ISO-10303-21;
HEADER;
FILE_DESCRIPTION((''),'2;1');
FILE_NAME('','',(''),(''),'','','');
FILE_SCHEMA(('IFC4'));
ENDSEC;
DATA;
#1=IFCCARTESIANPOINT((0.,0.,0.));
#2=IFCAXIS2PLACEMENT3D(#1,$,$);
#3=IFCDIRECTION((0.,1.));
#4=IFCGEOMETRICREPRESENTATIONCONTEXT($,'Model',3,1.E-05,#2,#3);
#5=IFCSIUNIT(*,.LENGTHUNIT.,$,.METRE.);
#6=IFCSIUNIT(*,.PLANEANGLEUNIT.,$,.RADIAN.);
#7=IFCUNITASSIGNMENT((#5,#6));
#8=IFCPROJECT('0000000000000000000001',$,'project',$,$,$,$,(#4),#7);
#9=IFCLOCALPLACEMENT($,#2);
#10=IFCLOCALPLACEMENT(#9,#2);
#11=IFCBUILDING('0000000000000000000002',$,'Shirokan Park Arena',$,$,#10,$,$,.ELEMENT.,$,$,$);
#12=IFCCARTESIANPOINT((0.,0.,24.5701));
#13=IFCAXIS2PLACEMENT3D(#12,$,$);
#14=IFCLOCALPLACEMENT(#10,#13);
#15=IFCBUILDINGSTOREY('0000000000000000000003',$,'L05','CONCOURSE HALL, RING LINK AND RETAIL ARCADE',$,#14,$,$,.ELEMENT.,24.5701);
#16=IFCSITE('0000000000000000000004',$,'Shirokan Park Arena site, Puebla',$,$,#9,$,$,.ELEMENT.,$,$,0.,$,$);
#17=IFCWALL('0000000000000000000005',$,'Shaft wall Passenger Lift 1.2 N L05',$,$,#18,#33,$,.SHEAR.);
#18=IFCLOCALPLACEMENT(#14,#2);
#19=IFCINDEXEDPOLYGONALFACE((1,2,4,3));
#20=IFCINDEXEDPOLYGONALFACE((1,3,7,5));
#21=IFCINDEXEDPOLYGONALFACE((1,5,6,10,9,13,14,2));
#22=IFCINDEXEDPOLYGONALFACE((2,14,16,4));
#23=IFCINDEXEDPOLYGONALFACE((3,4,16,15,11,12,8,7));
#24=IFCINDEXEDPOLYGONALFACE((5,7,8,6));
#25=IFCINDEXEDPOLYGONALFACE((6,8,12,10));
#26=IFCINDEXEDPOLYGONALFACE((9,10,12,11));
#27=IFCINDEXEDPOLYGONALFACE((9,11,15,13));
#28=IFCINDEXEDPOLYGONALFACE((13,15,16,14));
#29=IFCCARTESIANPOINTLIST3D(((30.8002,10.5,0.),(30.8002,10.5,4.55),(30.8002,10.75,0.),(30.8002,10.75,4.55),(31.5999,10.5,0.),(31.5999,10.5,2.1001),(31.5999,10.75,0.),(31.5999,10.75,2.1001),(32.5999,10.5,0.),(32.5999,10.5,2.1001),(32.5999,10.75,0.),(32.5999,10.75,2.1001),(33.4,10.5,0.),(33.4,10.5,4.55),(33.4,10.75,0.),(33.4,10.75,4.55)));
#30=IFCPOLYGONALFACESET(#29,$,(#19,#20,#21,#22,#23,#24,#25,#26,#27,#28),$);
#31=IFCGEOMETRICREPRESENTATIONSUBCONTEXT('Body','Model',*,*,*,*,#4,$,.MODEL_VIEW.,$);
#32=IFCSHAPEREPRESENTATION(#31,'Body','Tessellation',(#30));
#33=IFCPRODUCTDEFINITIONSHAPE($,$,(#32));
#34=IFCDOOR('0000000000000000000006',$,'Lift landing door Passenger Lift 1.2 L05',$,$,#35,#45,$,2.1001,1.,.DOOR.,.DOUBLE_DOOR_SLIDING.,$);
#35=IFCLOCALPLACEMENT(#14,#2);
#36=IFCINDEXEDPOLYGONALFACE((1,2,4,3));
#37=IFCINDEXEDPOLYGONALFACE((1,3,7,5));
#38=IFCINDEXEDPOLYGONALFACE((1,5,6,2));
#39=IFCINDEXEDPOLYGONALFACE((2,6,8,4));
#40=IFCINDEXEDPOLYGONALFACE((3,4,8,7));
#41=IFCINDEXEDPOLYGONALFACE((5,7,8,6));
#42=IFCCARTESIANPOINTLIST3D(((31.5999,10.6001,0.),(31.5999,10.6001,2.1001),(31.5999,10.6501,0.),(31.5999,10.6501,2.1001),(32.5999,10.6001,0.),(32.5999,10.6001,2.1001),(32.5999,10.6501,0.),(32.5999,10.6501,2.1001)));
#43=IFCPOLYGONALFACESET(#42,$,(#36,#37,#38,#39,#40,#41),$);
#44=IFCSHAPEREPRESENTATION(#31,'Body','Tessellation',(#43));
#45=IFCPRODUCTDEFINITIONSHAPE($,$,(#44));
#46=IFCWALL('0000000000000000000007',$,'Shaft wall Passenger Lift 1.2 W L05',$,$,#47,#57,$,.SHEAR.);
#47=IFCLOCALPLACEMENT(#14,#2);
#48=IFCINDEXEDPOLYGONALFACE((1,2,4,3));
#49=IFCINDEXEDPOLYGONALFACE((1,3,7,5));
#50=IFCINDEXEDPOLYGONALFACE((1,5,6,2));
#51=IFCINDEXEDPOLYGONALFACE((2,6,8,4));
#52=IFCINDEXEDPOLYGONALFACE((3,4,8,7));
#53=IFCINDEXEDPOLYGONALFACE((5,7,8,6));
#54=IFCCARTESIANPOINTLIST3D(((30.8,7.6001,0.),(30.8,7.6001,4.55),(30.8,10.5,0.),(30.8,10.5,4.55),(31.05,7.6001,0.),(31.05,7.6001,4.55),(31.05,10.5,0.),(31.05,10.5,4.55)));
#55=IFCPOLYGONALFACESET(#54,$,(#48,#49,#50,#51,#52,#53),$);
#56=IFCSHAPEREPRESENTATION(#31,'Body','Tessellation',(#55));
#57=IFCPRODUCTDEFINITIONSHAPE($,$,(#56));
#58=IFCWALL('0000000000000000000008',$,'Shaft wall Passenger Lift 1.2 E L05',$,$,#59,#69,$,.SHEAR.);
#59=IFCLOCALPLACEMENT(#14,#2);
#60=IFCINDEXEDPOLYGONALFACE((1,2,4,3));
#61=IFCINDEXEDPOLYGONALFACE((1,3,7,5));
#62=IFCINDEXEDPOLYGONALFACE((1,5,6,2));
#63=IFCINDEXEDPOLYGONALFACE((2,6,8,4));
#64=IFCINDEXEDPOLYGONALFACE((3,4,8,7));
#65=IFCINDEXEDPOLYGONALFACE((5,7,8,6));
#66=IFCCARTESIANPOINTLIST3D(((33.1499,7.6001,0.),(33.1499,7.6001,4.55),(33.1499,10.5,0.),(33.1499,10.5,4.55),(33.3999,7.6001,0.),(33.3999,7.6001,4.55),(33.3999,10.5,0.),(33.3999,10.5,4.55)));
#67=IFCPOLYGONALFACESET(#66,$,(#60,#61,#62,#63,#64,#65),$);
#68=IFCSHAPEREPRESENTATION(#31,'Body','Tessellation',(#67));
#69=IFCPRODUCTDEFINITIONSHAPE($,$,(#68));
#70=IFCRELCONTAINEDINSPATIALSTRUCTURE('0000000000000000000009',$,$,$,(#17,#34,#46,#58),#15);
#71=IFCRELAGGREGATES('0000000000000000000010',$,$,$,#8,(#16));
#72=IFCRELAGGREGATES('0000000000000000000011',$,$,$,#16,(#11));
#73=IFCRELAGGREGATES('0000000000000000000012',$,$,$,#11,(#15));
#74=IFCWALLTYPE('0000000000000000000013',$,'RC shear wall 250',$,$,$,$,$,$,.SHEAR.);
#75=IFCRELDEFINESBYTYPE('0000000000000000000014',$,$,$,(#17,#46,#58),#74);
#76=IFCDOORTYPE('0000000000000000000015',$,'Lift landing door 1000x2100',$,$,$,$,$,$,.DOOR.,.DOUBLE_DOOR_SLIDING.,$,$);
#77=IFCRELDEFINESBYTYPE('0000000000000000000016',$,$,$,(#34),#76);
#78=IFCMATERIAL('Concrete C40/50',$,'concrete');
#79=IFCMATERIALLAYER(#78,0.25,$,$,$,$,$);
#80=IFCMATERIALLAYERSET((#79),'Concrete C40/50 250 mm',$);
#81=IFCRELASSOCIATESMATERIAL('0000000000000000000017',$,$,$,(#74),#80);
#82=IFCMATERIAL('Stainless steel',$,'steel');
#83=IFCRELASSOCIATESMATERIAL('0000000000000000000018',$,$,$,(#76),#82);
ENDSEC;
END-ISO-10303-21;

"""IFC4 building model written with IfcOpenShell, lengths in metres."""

from ifc_helpers import new_model, si_unit, direction, frame, frame_2d, origin, place, context, subcontext, project, spatial, rectangle, extrude, material, layer, layer_set, type_object, element, fill, save


model = new_model("IFC4")

# Units and contexts
model_context = context("Model", 3, precision=1e-05, world=origin(), true_north=direction((0.0, 1.0)))
body_context = subcontext(model_context, "Body", "Model", "MODEL_VIEW")
ifc_project = project(units=[si_unit("LENGTHUNIT", "METRE"), si_unit("PLANEANGLEUNIT", "RADIAN")], contexts=[model_context])

# Site, building, storey
site_placement = place(None, origin())
site = spatial("IfcSite", under=ifc_project, at=site_placement, Name="Shirokan Park Arena site, Puebla", CompositionType="ELEMENT", RefElevation=0.0)
building_placement = place(site_placement, origin())
building = spatial("IfcBuilding", under=site, at=building_placement, Name="Shirokan Park Arena", CompositionType="ELEMENT")
storey_placement = place(building_placement, frame((0.0, 0.0, 24.5701)))
storey = spatial("IfcBuildingStorey", under=building, at=storey_placement, Name="L05", Description="CONCOURSE HALL, RING LINK AND RETAIL ARCADE", CompositionType="ELEMENT", Elevation=24.5701)

# Shared definitions
ifc_material_1 = material(Name="Concrete C40/50", Category="concrete")
ifc_layer_1 = layer(ifc_material_1, 0.25)
ifc_layer_set_1 = layer_set([ifc_layer_1], Name="Concrete C40/50 250 mm")
wall_type_1 = type_object("IfcWallType", Name="RC shear wall 250", PredefinedType="SHEAR", material=ifc_layer_set_1)

# Wall, opening, door
wall_1_placement = place(storey_placement, frame((33.3999, 10.625, 0.0), z_axis=(0.0, 0.0, 1.0), x_axis=(-1.0, 0.0, 0.0)))
wall_1 = element("IfcWall", 1, at=wall_1_placement, inside=storey, type_object=wall_type_1, Name="Shaft wall Passenger Lift 1.2 N L05", PredefinedType="SHEAR", context=body_context, shape_type="SweptSolid", body=[
    extrude(rectangle(XDim=2.5999, YDim=0.25, at=frame_2d((1.2998, 0.0))), origin(), (0.0, 0.0, 1.0), 4.55),
])
opening_1_placement = place(wall_1_placement, frame((0.8, 0.0, 0.0)))
opening_1 = element("IfcOpeningElement", 2, at=opening_1_placement, cuts=wall_1, PredefinedType="OPENING", context=body_context, shape_type="SweptSolid", body=[
    extrude(rectangle(XDim=1.0, YDim=2.1001, at=frame_2d((0.5, 1.05))), frame((0.0, 0.135, 0.0), z_axis=(0.0, -1.0, 0.0), x_axis=(1.0, 0.0, 0.0)), (0.0, 0.0, 1.0), 0.27),
])
ifc_material_2 = material(Name="Stainless steel", Category="steel")
door_type_1 = type_object("IfcDoorType", Name="Lift landing door 1000x2100", OperationType="DOUBLE_DOOR_SLIDING", PredefinedType="DOOR", material=ifc_material_2)
door_1_placement = place(opening_1_placement, origin())
door_1 = element("IfcDoor", 3, at=door_1_placement, inside=storey, type_object=door_type_1, Name="Lift landing door Passenger Lift 1.2 L05", OperationType="DOUBLE_DOOR_SLIDING", OverallHeight=2.1001, OverallWidth=1.0, PredefinedType="DOOR", context=body_context, shape_type="SweptSolid", body=[
    extrude(rectangle(XDim=1.0, YDim=2.1001, at=frame_2d((0.5, 1.05))), frame((0.0, 0.0249, 0.0), z_axis=(0.0, -1.0, 0.0), x_axis=(1.0, 0.0, 0.0)), (0.0, 0.0, 1.0), 0.05),
])
fill(opening_1, door_1)

# Walls
for number, where, z_axis, x_axis, name in (
    (4, (30.925, 10.5, 0.0), (0.0, 0.0, 1.0), (0.0, -1.0, 0.0), "Shaft wall Passenger Lift 1.2 W L05"),
    (5, (33.2749, 10.5, 0.0), (0.0, 0.0, 1.0), (0.0, -1.0, 0.0), "Shaft wall Passenger Lift 1.2 E L05"),
):
    element("IfcWall", number, at=place(storey_placement, frame(where, z_axis=z_axis, x_axis=x_axis)), inside=storey, type_object=wall_type_1, Name=name, PredefinedType="SHEAR", context=body_context, shape_type="SweptSolid", body=[
        extrude(rectangle(XDim=2.8999, YDim=0.25, at=frame_2d((1.45, 0.0))), origin(), (0.0, 0.0, 1.0), 4.55),
    ])

save(model, "model.ifc")
